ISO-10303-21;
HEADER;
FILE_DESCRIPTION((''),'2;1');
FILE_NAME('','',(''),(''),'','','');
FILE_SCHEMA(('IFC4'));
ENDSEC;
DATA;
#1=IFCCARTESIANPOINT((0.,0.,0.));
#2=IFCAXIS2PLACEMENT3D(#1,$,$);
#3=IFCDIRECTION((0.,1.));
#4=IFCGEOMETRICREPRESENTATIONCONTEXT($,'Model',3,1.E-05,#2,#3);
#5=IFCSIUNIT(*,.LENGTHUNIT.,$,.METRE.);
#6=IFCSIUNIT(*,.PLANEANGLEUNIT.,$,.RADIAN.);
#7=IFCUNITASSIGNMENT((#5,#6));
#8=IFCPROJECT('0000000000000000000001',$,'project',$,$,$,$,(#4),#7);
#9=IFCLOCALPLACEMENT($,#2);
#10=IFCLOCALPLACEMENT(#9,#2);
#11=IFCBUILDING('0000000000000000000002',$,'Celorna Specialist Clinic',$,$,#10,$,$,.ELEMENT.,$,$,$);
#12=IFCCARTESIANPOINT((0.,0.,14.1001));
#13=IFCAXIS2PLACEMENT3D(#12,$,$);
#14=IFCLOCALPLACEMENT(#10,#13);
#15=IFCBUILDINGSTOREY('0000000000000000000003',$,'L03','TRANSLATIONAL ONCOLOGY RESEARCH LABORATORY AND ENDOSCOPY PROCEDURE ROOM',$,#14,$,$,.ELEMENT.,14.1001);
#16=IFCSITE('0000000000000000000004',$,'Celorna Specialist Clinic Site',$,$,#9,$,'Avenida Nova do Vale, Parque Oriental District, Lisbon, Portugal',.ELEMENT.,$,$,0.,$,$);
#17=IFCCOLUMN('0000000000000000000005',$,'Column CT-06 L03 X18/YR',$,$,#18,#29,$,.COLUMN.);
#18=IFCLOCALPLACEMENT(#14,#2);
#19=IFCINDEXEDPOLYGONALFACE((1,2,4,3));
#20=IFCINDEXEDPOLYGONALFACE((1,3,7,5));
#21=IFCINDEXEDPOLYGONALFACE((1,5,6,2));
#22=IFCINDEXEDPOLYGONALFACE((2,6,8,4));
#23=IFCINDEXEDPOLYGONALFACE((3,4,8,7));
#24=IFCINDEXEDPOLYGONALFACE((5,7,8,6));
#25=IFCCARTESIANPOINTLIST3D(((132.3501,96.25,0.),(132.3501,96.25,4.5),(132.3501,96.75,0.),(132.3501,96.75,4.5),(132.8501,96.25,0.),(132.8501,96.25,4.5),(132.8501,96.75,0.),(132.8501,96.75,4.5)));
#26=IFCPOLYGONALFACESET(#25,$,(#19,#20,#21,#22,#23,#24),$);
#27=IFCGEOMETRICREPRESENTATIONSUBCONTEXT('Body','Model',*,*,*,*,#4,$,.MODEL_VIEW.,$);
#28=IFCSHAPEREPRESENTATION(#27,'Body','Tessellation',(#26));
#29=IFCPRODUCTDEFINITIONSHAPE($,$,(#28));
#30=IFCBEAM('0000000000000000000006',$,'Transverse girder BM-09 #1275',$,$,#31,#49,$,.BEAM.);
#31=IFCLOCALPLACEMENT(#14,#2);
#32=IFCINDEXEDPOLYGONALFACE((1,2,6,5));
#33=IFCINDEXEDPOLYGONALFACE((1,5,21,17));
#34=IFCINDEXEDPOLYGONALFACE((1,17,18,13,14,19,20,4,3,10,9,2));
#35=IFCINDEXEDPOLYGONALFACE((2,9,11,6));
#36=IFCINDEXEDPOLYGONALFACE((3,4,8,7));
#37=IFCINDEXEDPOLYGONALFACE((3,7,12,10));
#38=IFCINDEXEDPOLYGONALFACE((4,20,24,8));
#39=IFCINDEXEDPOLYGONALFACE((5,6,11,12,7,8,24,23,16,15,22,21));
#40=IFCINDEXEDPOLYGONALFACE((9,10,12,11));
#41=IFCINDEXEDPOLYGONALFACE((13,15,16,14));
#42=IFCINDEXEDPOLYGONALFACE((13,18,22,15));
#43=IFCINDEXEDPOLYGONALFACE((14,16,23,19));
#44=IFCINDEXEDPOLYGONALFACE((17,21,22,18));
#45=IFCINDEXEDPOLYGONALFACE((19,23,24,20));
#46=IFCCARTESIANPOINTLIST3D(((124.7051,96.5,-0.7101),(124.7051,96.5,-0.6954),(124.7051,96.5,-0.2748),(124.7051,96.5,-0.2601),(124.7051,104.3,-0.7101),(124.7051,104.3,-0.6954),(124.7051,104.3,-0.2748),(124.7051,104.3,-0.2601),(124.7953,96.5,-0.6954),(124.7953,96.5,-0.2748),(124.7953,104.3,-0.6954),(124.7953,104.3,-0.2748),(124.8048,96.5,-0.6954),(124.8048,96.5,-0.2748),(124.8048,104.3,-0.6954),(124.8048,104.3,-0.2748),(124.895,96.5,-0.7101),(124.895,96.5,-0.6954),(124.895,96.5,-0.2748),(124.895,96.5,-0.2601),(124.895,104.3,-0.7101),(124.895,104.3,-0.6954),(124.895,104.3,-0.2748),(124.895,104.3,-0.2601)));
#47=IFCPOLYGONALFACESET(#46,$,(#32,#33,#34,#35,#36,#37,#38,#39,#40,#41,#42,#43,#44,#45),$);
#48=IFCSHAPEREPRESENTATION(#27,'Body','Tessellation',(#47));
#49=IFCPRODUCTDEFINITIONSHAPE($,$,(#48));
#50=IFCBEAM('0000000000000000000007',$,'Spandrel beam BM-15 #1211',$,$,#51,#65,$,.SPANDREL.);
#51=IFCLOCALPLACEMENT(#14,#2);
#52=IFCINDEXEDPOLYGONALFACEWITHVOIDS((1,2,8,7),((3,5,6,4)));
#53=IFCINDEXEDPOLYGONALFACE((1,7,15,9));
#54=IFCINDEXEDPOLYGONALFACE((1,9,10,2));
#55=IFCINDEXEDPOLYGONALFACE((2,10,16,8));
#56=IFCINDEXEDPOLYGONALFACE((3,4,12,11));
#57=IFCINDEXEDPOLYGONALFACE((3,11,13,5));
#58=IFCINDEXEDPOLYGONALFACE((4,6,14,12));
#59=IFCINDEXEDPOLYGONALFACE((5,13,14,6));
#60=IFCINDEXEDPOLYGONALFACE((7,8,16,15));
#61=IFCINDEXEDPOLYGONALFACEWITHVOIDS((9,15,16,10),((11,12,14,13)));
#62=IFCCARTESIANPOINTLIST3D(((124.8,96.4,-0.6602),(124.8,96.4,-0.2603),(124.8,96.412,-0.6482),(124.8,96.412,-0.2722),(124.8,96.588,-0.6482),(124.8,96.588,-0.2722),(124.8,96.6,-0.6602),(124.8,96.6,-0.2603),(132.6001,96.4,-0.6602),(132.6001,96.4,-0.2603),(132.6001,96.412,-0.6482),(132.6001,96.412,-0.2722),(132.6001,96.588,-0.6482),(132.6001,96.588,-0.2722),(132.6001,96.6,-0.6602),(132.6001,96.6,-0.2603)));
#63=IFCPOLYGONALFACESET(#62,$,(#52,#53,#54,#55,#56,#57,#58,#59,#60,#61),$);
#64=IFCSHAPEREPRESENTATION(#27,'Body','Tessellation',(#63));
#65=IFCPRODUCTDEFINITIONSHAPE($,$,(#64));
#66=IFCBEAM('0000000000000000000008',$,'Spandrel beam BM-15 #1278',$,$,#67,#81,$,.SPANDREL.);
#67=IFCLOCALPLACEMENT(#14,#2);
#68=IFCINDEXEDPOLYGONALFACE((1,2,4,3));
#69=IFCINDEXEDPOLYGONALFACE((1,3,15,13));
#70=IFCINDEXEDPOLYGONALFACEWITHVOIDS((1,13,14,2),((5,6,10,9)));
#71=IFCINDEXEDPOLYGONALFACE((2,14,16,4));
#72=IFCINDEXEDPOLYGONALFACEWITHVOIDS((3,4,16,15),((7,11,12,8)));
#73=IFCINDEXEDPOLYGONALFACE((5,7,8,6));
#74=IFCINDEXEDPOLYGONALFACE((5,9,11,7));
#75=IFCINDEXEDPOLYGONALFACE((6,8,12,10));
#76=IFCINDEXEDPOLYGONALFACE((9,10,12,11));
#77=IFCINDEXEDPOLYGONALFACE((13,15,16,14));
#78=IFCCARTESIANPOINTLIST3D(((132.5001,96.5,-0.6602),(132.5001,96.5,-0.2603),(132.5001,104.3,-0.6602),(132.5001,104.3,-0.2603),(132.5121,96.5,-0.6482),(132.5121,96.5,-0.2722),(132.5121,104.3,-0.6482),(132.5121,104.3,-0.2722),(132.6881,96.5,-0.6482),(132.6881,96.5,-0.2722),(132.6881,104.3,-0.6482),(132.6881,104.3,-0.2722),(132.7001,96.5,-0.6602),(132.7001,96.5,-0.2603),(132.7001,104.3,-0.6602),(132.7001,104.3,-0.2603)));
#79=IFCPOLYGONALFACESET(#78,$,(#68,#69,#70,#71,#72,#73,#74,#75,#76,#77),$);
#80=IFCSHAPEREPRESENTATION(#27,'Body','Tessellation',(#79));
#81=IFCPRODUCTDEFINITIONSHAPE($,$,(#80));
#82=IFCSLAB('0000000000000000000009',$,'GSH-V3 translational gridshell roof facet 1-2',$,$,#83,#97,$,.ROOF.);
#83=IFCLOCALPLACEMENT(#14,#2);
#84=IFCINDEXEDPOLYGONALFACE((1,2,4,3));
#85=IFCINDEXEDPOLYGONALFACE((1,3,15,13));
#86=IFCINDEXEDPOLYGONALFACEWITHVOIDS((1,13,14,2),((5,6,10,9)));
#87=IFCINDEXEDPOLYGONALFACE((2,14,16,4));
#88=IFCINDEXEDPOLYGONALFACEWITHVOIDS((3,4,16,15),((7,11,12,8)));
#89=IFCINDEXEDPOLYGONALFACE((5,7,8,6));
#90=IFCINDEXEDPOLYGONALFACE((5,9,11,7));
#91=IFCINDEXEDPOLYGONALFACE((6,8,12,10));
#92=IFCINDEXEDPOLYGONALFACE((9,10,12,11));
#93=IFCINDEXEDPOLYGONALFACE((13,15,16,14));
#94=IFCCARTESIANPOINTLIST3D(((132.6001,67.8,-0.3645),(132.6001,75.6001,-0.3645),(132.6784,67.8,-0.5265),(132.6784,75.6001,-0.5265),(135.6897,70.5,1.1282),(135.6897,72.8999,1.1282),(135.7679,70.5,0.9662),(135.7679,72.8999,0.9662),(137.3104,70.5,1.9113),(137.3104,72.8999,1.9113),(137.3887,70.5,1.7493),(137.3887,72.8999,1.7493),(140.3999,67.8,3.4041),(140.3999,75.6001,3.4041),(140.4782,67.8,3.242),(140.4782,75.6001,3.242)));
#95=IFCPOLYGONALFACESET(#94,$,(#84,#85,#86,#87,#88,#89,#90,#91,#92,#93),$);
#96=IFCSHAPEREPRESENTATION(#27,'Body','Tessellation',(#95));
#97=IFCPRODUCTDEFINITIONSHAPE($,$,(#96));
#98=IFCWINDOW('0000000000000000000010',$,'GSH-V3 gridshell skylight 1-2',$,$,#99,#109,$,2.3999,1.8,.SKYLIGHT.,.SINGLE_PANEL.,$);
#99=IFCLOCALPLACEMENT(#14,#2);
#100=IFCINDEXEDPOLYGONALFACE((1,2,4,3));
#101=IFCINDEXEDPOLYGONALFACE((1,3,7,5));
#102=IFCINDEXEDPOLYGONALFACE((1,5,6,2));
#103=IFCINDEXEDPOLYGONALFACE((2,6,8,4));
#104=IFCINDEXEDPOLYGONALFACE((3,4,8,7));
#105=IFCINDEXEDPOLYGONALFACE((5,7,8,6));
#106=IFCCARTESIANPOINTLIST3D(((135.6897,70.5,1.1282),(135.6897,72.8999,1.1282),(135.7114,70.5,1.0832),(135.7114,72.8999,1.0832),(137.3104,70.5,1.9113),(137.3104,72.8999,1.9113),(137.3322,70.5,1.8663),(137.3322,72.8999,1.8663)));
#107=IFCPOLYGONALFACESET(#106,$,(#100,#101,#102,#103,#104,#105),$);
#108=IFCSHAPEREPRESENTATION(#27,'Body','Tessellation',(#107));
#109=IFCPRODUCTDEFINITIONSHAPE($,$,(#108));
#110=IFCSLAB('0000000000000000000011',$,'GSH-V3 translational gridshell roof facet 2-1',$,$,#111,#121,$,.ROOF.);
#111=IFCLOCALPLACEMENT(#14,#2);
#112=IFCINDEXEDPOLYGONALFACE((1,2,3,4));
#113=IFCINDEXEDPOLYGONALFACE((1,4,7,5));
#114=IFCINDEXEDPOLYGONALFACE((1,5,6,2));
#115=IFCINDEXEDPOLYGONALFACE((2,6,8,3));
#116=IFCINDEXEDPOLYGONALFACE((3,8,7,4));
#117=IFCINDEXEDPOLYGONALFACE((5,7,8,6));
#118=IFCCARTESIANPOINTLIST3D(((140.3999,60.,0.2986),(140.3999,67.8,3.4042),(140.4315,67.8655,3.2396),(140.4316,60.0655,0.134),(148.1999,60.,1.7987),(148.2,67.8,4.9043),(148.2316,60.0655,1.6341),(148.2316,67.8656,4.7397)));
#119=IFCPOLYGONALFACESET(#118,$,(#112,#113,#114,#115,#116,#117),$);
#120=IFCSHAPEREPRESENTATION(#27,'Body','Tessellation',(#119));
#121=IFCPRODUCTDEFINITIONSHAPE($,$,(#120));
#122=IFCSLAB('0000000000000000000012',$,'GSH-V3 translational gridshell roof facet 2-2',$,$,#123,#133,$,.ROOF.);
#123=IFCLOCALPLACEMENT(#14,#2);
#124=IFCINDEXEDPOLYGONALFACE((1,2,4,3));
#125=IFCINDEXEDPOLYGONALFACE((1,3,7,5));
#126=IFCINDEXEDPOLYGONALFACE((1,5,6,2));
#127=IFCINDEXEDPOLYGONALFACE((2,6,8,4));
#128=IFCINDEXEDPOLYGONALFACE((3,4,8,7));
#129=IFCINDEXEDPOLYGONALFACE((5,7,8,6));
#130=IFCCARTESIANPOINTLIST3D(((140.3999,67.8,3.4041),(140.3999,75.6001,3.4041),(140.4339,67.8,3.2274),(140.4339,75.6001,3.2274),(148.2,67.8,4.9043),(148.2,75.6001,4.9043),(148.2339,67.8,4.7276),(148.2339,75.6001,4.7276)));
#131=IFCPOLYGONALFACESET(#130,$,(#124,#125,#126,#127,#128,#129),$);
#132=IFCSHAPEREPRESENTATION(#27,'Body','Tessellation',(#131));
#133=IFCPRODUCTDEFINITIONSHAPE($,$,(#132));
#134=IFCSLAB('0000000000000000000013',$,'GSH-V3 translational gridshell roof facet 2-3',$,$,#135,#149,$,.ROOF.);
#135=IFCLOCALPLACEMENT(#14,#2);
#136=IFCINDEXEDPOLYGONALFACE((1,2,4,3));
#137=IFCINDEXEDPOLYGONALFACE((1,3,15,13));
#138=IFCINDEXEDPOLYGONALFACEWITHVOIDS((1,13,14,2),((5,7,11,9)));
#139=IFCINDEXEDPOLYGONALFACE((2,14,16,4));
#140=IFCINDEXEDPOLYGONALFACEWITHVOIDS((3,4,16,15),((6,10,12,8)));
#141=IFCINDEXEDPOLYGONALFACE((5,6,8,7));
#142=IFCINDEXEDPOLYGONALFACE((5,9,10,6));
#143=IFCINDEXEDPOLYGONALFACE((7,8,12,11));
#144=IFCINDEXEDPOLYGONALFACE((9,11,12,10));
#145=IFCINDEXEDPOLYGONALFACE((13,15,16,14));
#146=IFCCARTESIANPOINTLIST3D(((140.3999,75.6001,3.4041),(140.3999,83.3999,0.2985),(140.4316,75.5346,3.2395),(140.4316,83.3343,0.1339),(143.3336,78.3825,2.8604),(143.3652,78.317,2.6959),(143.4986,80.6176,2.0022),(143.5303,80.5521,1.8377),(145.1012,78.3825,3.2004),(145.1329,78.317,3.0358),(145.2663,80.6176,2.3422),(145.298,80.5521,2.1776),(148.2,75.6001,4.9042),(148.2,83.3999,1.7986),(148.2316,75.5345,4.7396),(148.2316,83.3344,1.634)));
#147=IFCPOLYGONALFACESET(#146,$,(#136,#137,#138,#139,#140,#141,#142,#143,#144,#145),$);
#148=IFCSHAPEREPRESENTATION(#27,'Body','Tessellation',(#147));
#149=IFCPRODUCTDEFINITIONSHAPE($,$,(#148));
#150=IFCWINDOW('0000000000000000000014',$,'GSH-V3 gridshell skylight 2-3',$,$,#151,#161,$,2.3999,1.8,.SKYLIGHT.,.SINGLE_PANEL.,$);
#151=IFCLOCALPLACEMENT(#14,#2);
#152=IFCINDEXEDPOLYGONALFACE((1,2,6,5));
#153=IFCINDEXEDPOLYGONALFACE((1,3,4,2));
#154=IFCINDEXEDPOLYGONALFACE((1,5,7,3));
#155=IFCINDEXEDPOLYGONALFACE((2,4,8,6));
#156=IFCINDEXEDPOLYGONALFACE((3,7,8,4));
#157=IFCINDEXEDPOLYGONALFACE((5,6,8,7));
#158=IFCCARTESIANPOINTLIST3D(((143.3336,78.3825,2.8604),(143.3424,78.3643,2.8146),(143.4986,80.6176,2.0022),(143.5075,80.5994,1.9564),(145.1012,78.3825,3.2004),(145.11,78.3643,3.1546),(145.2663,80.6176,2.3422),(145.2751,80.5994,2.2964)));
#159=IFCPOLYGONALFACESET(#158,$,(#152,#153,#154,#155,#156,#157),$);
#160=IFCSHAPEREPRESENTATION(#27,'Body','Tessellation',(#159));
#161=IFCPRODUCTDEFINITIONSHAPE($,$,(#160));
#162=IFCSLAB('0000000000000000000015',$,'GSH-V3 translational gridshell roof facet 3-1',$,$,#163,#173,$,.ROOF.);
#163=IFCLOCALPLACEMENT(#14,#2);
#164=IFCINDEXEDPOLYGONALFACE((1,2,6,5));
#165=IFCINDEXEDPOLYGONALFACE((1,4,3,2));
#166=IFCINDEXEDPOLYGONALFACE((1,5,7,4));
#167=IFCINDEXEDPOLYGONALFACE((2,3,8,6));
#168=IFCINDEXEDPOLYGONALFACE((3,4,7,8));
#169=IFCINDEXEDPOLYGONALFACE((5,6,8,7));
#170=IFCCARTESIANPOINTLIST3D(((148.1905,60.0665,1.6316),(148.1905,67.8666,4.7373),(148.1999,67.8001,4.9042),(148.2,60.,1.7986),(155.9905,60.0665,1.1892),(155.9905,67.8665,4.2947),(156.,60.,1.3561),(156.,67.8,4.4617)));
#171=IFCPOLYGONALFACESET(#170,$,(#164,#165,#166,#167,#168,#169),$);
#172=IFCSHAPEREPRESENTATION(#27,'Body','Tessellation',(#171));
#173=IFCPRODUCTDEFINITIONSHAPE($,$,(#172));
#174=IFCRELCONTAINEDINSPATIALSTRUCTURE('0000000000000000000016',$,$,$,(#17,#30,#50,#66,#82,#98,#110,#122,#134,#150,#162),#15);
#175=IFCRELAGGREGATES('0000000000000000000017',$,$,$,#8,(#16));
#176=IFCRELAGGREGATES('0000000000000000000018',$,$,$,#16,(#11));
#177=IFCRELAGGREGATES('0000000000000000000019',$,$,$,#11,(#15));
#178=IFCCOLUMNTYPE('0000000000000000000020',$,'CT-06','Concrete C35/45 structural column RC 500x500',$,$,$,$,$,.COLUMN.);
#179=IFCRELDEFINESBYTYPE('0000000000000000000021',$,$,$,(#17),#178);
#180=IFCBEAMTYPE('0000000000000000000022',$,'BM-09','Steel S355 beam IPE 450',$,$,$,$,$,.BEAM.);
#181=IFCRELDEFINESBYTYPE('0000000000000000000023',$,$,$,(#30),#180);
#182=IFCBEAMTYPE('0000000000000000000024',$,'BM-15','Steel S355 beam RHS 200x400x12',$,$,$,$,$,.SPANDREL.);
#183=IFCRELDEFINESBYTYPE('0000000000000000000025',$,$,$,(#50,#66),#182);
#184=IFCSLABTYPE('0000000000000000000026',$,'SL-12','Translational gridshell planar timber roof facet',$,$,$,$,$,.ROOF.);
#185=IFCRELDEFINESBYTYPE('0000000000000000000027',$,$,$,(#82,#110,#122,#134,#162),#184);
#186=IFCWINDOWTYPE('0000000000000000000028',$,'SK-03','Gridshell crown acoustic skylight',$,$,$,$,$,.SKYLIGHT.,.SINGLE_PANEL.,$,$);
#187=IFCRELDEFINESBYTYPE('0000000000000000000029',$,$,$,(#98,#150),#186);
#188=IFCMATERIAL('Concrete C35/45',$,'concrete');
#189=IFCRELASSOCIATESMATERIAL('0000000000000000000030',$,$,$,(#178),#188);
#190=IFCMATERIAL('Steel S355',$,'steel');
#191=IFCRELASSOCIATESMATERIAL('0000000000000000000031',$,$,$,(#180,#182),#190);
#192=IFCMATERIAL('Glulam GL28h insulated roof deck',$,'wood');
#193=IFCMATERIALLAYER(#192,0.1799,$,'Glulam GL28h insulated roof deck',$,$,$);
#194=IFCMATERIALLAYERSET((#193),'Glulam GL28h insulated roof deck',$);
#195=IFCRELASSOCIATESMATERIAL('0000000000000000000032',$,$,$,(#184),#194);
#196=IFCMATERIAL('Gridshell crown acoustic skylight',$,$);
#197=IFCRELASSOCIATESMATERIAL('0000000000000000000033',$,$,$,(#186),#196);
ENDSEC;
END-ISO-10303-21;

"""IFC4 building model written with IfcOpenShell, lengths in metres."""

from ifc_helpers import new_model, si_unit, direction, frame, origin, origin_2d, place, context, subcontext, project, spatial, polyline, rectangle, hollow_rectangle, i_section, outline, extrude, material, layer, layer_set, material_profile, profile_set, type_object, element, fill, save


model = new_model("IFC4")

# Units and contexts
model_context = context("Model", 3, precision=1e-05, world=origin(), true_north=direction((0.0, 1.0)))
body_context = subcontext(model_context, "Body", "Model", "MODEL_VIEW")
ifc_project = project(units=[si_unit("LENGTHUNIT", "METRE"), si_unit("PLANEANGLEUNIT", "RADIAN")], contexts=[model_context])

# Site, building, storey
site_placement = place(None, origin())
site = spatial("IfcSite", under=ifc_project, at=site_placement, Name="Celorna Specialist Clinic Site", LongName="Avenida Nova do Vale, Parque Oriental District, Lisbon, Portugal", CompositionType="ELEMENT", RefElevation=0.0)
building_placement = place(site_placement, origin())
building = spatial("IfcBuilding", under=site, at=building_placement, Name="Celorna Specialist Clinic", CompositionType="ELEMENT")
storey_placement = place(building_placement, frame((0.0, 0.0, 14.1001)))
storey = spatial("IfcBuildingStorey", under=building, at=storey_placement, Name="L03", Description="TRANSLATIONAL ONCOLOGY RESEARCH LABORATORY AND ENDOSCOPY PROCEDURE ROOM", CompositionType="ELEMENT", Elevation=14.1001)

# Column
ifc_material_1 = material(Name="Concrete C35/45", Category="concrete")
ifc_material_profile_1 = material_profile(ifc_material_1, rectangle(XDim=0.5, YDim=0.5, at=origin_2d()), Name="RC 500x500")
ifc_profile_set_1 = profile_set([ifc_material_profile_1], Name="Concrete C35/45")
column_type = type_object("IfcColumnType", Name="CT-06", Description="Concrete C35/45 structural column RC 500x500", PredefinedType="COLUMN", material=ifc_profile_set_1)
column_placement = place(storey_placement, frame((132.6001, 96.5, 0.0), z_axis=(0.0, 0.0, 1.0), x_axis=(1.0, 0.0, 0.0)))
element("IfcColumn", 1, at=column_placement, inside=storey, type_object=column_type, Name="Column CT-06 L03 X18/YR", PredefinedType="COLUMN", context=body_context, shape_type="SweptSolid", body=[
    extrude(rectangle(XDim=0.5, YDim=0.5, at=origin_2d()), origin(), (0.0, 0.0, 1.0), 4.5),
])

# Beams
ifc_material_2 = material(Name="Steel S355", Category="steel")
ifc_material_profile_2 = material_profile(ifc_material_2, i_section(OverallWidth=0.1899, OverallDepth=0.45, WebThickness=0.0095, FlangeThickness=0.0146, at=origin_2d()), Name="IPE 450")
ifc_profile_set_2 = profile_set([ifc_material_profile_2], Name="Steel S355")
beam_type_1 = type_object("IfcBeamType", Name="BM-09", Description="Steel S355 beam IPE 450", PredefinedType="BEAM", material=ifc_profile_set_2)
beam_placement = place(storey_placement, frame((124.8, 96.5, -0.4851), z_axis=(0.0, 1.0, 0.0), x_axis=(-1.0, 0.0, 0.0)))
element("IfcBeam", 2, at=beam_placement, inside=storey, type_object=beam_type_1, Name="Transverse girder BM-09 #1275", PredefinedType="BEAM", context=body_context, shape_type="SweptSolid", body=[
    extrude(i_section(OverallWidth=0.1899, OverallDepth=0.45, WebThickness=0.0095, FlangeThickness=0.0146, at=origin_2d()), origin(), (0.0, 0.0, 1.0), 7.8),
])
ifc_material_profile_3 = material_profile(ifc_material_2, hollow_rectangle(XDim=0.2, YDim=0.3999, WallThickness=0.012, at=origin_2d()), Name="RHS 200x400x12")
ifc_profile_set_3 = profile_set([ifc_material_profile_3], Name="Steel S355")
beam_type_2 = type_object("IfcBeamType", Name="BM-15", Description="Steel S355 beam RHS 200x400x12", PredefinedType="SPANDREL", material=ifc_profile_set_3)
for number, where, z_axis, x_axis, name in (
    (3, (124.8, 96.5, -0.4602), (1.0, 0.0, 0.0), (0.0, 1.0, 0.0), "Spandrel beam BM-15 #1211"),
    (4, (132.6001, 96.5, -0.4602), (0.0, 1.0, 0.0), (-1.0, 0.0, 0.0), "Spandrel beam BM-15 #1278"),
):
    element("IfcBeam", number, at=place(storey_placement, frame(where, z_axis=z_axis, x_axis=x_axis)), inside=storey, type_object=beam_type_2, Name=name, PredefinedType="SPANDREL", context=body_context, shape_type="SweptSolid", body=[
        extrude(hollow_rectangle(XDim=0.2, YDim=0.3999, WallThickness=0.012, at=origin_2d()), origin(), (0.0, 0.0, 1.0), 7.8),
    ])

# Slab, opening, window
ifc_material_3 = material(Name="Glulam GL28h insulated roof deck", Category="wood")
ifc_layer_1 = layer(ifc_material_3, 0.1799, Name="Glulam GL28h insulated roof deck")
ifc_layer_set_1 = layer_set([ifc_layer_1], Name="Glulam GL28h insulated roof deck")
slab_type = type_object("IfcSlabType", Name="SL-12", Description="Translational gridshell planar timber roof facet", PredefinedType="ROOF", material=ifc_layer_set_1)
slab_1_placement = place(storey_placement, frame((132.6001, 67.8, -0.3645), z_axis=(-0.435042, 0.0, 0.90041), x_axis=(0.90041, 0.0, 0.435042)))
slab_1 = element("IfcSlab", 5, at=slab_1_placement, inside=storey, type_object=slab_type, Name="GSH-V3 translational gridshell roof facet 1-2", PredefinedType="ROOF", context=body_context, shape_type="SweptSolid", body=[
    extrude(outline(polyline([(0.0, 0.0), (8.6625, 0.0), (8.6625, 7.8), (0.0, 7.8), (0.0, 0.0)])), origin(), (0.0, 0.0, -1.0), 0.1799),
])
opening_1_placement = place(slab_1_placement, frame((4.3313, 3.8999, 0.01)))
opening_1 = element("IfcOpeningElement", 6, at=opening_1_placement, cuts=slab_1, PredefinedType="OPENING", context=body_context, shape_type="SweptSolid", body=[
    extrude(rectangle(XDim=1.8, YDim=2.3999, at=origin_2d()), origin(), (0.0, 0.0, -1.0), 0.2),
])
ifc_material_4 = material(Name="Gridshell crown acoustic skylight")
window_type = type_object("IfcWindowType", Name="SK-03", Description="Gridshell crown acoustic skylight", PartitioningType="SINGLE_PANEL", PredefinedType="SKYLIGHT", material=ifc_material_4)
window_1_placement = place(opening_1_placement, frame((0.0, 0.0, -0.01)))
window_1 = element("IfcWindow", 7, at=window_1_placement, inside=storey, type_object=window_type, Name="GSH-V3 gridshell skylight 1-2", OverallHeight=2.3999, OverallWidth=1.8, PartitioningType="SINGLE_PANEL", PredefinedType="SKYLIGHT", context=body_context, shape_type="SweptSolid", body=[
    extrude(rectangle(XDim=1.8, YDim=2.3999, at=origin_2d()), origin(), (0.0, 0.0, -1.0), 0.05),
])
fill(opening_1, window_1)

# Slabs
slab_2_placement = place(storey_placement, frame((140.3999, 60.0, 0.2986), z_axis=(-0.175895, -0.364141, 0.914583), x_axis=(0.982004, -0.000005, 0.188859)))
element("IfcSlab", 8, at=slab_2_placement, inside=storey, type_object=slab_type, Name="GSH-V3 translational gridshell roof facet 2-1", PredefinedType="ROOF", context=body_context, shape_type="SweptSolid", body=[
    extrude(outline(polyline([(0.0, 0.0), (7.943, 0.0), (8.5295, 8.3751), (0.5865, 8.375), (0.0, 0.0)])), origin(), (0.0, 0.0, -1.0), 0.1799),
])
slab_3_placement = place(storey_placement, frame((140.3999, 67.8, 3.4041), z_axis=(-0.188876, 0.0, 0.982001), x_axis=(0.982001, 0.0, 0.188876)))
element("IfcSlab", 9, at=slab_3_placement, inside=storey, type_object=slab_type, Name="GSH-V3 translational gridshell roof facet 2-2", PredefinedType="ROOF", context=body_context, shape_type="SweptSolid", body=[
    extrude(outline(polyline([(0.0, 0.0), (7.943, 0.0), (7.943, 7.8), (0.0, 7.8), (0.0, 0.0)])), origin(), (0.0, 0.0, -1.0), 0.1799),
])

# Slab, opening, window
slab_4_placement = place(storey_placement, frame((140.3999, 75.6001, 3.4041), z_axis=(-0.175894, 0.364151, 0.914579), x_axis=(0.982003, -0.000005, 0.188863)))
slab_4 = element("IfcSlab", 10, at=slab_4_placement, inside=storey, type_object=slab_type, Name="GSH-V3 translational gridshell roof facet 2-3", PredefinedType="ROOF", context=body_context, shape_type="SweptSolid", body=[
    extrude(outline(polyline([(0.0, 0.0), (7.943, 0.0), (7.3564, 8.3749), (-0.5865, 8.3748), (0.0, 0.0)])), origin(), (0.0, 0.0, -1.0), 0.1799),
])
opening_2_placement = place(slab_4_placement, frame((3.6782, 4.1875, 0.01)))
opening_2 = element("IfcOpeningElement", 11, at=opening_2_placement, cuts=slab_4, PredefinedType="OPENING", context=body_context, shape_type="SweptSolid", body=[
    extrude(rectangle(XDim=1.8, YDim=2.3999, at=origin_2d()), origin(), (0.0, 0.0, -1.0), 0.2),
])
window_2_placement = place(opening_2_placement, frame((0.0, 0.0, -0.01)))
window_2 = element("IfcWindow", 12, at=window_2_placement, inside=storey, type_object=window_type, Name="GSH-V3 gridshell skylight 2-3", OverallHeight=2.3999, OverallWidth=1.8, PartitioningType="SINGLE_PANEL", PredefinedType="SKYLIGHT", context=body_context, shape_type="SweptSolid", body=[
    extrude(rectangle(XDim=1.8, YDim=2.3999, at=origin_2d()), origin(), (0.0, 0.0, -1.0), 0.05),
])
fill(opening_2, window_2)

# Slab
slab_5_placement = place(storey_placement, frame((148.2, 60.0, 1.7986), z_axis=(0.052634, -0.369396, 0.92778), x_axis=(0.998395, 0.000005, -0.056638)))
element("IfcSlab", 13, at=slab_5_placement, inside=storey, type_object=slab_type, Name="GSH-V3 translational gridshell roof facet 3-1", PredefinedType="ROOF", context=body_context, shape_type="SweptSolid", body=[
    extrude(outline(polyline([(0.0, 0.0), (7.8126, 0.0), (7.6367, 8.3937), (-0.1759, 8.3938), (0.0, 0.0)])), origin(), (0.0, 0.0, -1.0), 0.1799),
])

save(model, "model.ifc")
